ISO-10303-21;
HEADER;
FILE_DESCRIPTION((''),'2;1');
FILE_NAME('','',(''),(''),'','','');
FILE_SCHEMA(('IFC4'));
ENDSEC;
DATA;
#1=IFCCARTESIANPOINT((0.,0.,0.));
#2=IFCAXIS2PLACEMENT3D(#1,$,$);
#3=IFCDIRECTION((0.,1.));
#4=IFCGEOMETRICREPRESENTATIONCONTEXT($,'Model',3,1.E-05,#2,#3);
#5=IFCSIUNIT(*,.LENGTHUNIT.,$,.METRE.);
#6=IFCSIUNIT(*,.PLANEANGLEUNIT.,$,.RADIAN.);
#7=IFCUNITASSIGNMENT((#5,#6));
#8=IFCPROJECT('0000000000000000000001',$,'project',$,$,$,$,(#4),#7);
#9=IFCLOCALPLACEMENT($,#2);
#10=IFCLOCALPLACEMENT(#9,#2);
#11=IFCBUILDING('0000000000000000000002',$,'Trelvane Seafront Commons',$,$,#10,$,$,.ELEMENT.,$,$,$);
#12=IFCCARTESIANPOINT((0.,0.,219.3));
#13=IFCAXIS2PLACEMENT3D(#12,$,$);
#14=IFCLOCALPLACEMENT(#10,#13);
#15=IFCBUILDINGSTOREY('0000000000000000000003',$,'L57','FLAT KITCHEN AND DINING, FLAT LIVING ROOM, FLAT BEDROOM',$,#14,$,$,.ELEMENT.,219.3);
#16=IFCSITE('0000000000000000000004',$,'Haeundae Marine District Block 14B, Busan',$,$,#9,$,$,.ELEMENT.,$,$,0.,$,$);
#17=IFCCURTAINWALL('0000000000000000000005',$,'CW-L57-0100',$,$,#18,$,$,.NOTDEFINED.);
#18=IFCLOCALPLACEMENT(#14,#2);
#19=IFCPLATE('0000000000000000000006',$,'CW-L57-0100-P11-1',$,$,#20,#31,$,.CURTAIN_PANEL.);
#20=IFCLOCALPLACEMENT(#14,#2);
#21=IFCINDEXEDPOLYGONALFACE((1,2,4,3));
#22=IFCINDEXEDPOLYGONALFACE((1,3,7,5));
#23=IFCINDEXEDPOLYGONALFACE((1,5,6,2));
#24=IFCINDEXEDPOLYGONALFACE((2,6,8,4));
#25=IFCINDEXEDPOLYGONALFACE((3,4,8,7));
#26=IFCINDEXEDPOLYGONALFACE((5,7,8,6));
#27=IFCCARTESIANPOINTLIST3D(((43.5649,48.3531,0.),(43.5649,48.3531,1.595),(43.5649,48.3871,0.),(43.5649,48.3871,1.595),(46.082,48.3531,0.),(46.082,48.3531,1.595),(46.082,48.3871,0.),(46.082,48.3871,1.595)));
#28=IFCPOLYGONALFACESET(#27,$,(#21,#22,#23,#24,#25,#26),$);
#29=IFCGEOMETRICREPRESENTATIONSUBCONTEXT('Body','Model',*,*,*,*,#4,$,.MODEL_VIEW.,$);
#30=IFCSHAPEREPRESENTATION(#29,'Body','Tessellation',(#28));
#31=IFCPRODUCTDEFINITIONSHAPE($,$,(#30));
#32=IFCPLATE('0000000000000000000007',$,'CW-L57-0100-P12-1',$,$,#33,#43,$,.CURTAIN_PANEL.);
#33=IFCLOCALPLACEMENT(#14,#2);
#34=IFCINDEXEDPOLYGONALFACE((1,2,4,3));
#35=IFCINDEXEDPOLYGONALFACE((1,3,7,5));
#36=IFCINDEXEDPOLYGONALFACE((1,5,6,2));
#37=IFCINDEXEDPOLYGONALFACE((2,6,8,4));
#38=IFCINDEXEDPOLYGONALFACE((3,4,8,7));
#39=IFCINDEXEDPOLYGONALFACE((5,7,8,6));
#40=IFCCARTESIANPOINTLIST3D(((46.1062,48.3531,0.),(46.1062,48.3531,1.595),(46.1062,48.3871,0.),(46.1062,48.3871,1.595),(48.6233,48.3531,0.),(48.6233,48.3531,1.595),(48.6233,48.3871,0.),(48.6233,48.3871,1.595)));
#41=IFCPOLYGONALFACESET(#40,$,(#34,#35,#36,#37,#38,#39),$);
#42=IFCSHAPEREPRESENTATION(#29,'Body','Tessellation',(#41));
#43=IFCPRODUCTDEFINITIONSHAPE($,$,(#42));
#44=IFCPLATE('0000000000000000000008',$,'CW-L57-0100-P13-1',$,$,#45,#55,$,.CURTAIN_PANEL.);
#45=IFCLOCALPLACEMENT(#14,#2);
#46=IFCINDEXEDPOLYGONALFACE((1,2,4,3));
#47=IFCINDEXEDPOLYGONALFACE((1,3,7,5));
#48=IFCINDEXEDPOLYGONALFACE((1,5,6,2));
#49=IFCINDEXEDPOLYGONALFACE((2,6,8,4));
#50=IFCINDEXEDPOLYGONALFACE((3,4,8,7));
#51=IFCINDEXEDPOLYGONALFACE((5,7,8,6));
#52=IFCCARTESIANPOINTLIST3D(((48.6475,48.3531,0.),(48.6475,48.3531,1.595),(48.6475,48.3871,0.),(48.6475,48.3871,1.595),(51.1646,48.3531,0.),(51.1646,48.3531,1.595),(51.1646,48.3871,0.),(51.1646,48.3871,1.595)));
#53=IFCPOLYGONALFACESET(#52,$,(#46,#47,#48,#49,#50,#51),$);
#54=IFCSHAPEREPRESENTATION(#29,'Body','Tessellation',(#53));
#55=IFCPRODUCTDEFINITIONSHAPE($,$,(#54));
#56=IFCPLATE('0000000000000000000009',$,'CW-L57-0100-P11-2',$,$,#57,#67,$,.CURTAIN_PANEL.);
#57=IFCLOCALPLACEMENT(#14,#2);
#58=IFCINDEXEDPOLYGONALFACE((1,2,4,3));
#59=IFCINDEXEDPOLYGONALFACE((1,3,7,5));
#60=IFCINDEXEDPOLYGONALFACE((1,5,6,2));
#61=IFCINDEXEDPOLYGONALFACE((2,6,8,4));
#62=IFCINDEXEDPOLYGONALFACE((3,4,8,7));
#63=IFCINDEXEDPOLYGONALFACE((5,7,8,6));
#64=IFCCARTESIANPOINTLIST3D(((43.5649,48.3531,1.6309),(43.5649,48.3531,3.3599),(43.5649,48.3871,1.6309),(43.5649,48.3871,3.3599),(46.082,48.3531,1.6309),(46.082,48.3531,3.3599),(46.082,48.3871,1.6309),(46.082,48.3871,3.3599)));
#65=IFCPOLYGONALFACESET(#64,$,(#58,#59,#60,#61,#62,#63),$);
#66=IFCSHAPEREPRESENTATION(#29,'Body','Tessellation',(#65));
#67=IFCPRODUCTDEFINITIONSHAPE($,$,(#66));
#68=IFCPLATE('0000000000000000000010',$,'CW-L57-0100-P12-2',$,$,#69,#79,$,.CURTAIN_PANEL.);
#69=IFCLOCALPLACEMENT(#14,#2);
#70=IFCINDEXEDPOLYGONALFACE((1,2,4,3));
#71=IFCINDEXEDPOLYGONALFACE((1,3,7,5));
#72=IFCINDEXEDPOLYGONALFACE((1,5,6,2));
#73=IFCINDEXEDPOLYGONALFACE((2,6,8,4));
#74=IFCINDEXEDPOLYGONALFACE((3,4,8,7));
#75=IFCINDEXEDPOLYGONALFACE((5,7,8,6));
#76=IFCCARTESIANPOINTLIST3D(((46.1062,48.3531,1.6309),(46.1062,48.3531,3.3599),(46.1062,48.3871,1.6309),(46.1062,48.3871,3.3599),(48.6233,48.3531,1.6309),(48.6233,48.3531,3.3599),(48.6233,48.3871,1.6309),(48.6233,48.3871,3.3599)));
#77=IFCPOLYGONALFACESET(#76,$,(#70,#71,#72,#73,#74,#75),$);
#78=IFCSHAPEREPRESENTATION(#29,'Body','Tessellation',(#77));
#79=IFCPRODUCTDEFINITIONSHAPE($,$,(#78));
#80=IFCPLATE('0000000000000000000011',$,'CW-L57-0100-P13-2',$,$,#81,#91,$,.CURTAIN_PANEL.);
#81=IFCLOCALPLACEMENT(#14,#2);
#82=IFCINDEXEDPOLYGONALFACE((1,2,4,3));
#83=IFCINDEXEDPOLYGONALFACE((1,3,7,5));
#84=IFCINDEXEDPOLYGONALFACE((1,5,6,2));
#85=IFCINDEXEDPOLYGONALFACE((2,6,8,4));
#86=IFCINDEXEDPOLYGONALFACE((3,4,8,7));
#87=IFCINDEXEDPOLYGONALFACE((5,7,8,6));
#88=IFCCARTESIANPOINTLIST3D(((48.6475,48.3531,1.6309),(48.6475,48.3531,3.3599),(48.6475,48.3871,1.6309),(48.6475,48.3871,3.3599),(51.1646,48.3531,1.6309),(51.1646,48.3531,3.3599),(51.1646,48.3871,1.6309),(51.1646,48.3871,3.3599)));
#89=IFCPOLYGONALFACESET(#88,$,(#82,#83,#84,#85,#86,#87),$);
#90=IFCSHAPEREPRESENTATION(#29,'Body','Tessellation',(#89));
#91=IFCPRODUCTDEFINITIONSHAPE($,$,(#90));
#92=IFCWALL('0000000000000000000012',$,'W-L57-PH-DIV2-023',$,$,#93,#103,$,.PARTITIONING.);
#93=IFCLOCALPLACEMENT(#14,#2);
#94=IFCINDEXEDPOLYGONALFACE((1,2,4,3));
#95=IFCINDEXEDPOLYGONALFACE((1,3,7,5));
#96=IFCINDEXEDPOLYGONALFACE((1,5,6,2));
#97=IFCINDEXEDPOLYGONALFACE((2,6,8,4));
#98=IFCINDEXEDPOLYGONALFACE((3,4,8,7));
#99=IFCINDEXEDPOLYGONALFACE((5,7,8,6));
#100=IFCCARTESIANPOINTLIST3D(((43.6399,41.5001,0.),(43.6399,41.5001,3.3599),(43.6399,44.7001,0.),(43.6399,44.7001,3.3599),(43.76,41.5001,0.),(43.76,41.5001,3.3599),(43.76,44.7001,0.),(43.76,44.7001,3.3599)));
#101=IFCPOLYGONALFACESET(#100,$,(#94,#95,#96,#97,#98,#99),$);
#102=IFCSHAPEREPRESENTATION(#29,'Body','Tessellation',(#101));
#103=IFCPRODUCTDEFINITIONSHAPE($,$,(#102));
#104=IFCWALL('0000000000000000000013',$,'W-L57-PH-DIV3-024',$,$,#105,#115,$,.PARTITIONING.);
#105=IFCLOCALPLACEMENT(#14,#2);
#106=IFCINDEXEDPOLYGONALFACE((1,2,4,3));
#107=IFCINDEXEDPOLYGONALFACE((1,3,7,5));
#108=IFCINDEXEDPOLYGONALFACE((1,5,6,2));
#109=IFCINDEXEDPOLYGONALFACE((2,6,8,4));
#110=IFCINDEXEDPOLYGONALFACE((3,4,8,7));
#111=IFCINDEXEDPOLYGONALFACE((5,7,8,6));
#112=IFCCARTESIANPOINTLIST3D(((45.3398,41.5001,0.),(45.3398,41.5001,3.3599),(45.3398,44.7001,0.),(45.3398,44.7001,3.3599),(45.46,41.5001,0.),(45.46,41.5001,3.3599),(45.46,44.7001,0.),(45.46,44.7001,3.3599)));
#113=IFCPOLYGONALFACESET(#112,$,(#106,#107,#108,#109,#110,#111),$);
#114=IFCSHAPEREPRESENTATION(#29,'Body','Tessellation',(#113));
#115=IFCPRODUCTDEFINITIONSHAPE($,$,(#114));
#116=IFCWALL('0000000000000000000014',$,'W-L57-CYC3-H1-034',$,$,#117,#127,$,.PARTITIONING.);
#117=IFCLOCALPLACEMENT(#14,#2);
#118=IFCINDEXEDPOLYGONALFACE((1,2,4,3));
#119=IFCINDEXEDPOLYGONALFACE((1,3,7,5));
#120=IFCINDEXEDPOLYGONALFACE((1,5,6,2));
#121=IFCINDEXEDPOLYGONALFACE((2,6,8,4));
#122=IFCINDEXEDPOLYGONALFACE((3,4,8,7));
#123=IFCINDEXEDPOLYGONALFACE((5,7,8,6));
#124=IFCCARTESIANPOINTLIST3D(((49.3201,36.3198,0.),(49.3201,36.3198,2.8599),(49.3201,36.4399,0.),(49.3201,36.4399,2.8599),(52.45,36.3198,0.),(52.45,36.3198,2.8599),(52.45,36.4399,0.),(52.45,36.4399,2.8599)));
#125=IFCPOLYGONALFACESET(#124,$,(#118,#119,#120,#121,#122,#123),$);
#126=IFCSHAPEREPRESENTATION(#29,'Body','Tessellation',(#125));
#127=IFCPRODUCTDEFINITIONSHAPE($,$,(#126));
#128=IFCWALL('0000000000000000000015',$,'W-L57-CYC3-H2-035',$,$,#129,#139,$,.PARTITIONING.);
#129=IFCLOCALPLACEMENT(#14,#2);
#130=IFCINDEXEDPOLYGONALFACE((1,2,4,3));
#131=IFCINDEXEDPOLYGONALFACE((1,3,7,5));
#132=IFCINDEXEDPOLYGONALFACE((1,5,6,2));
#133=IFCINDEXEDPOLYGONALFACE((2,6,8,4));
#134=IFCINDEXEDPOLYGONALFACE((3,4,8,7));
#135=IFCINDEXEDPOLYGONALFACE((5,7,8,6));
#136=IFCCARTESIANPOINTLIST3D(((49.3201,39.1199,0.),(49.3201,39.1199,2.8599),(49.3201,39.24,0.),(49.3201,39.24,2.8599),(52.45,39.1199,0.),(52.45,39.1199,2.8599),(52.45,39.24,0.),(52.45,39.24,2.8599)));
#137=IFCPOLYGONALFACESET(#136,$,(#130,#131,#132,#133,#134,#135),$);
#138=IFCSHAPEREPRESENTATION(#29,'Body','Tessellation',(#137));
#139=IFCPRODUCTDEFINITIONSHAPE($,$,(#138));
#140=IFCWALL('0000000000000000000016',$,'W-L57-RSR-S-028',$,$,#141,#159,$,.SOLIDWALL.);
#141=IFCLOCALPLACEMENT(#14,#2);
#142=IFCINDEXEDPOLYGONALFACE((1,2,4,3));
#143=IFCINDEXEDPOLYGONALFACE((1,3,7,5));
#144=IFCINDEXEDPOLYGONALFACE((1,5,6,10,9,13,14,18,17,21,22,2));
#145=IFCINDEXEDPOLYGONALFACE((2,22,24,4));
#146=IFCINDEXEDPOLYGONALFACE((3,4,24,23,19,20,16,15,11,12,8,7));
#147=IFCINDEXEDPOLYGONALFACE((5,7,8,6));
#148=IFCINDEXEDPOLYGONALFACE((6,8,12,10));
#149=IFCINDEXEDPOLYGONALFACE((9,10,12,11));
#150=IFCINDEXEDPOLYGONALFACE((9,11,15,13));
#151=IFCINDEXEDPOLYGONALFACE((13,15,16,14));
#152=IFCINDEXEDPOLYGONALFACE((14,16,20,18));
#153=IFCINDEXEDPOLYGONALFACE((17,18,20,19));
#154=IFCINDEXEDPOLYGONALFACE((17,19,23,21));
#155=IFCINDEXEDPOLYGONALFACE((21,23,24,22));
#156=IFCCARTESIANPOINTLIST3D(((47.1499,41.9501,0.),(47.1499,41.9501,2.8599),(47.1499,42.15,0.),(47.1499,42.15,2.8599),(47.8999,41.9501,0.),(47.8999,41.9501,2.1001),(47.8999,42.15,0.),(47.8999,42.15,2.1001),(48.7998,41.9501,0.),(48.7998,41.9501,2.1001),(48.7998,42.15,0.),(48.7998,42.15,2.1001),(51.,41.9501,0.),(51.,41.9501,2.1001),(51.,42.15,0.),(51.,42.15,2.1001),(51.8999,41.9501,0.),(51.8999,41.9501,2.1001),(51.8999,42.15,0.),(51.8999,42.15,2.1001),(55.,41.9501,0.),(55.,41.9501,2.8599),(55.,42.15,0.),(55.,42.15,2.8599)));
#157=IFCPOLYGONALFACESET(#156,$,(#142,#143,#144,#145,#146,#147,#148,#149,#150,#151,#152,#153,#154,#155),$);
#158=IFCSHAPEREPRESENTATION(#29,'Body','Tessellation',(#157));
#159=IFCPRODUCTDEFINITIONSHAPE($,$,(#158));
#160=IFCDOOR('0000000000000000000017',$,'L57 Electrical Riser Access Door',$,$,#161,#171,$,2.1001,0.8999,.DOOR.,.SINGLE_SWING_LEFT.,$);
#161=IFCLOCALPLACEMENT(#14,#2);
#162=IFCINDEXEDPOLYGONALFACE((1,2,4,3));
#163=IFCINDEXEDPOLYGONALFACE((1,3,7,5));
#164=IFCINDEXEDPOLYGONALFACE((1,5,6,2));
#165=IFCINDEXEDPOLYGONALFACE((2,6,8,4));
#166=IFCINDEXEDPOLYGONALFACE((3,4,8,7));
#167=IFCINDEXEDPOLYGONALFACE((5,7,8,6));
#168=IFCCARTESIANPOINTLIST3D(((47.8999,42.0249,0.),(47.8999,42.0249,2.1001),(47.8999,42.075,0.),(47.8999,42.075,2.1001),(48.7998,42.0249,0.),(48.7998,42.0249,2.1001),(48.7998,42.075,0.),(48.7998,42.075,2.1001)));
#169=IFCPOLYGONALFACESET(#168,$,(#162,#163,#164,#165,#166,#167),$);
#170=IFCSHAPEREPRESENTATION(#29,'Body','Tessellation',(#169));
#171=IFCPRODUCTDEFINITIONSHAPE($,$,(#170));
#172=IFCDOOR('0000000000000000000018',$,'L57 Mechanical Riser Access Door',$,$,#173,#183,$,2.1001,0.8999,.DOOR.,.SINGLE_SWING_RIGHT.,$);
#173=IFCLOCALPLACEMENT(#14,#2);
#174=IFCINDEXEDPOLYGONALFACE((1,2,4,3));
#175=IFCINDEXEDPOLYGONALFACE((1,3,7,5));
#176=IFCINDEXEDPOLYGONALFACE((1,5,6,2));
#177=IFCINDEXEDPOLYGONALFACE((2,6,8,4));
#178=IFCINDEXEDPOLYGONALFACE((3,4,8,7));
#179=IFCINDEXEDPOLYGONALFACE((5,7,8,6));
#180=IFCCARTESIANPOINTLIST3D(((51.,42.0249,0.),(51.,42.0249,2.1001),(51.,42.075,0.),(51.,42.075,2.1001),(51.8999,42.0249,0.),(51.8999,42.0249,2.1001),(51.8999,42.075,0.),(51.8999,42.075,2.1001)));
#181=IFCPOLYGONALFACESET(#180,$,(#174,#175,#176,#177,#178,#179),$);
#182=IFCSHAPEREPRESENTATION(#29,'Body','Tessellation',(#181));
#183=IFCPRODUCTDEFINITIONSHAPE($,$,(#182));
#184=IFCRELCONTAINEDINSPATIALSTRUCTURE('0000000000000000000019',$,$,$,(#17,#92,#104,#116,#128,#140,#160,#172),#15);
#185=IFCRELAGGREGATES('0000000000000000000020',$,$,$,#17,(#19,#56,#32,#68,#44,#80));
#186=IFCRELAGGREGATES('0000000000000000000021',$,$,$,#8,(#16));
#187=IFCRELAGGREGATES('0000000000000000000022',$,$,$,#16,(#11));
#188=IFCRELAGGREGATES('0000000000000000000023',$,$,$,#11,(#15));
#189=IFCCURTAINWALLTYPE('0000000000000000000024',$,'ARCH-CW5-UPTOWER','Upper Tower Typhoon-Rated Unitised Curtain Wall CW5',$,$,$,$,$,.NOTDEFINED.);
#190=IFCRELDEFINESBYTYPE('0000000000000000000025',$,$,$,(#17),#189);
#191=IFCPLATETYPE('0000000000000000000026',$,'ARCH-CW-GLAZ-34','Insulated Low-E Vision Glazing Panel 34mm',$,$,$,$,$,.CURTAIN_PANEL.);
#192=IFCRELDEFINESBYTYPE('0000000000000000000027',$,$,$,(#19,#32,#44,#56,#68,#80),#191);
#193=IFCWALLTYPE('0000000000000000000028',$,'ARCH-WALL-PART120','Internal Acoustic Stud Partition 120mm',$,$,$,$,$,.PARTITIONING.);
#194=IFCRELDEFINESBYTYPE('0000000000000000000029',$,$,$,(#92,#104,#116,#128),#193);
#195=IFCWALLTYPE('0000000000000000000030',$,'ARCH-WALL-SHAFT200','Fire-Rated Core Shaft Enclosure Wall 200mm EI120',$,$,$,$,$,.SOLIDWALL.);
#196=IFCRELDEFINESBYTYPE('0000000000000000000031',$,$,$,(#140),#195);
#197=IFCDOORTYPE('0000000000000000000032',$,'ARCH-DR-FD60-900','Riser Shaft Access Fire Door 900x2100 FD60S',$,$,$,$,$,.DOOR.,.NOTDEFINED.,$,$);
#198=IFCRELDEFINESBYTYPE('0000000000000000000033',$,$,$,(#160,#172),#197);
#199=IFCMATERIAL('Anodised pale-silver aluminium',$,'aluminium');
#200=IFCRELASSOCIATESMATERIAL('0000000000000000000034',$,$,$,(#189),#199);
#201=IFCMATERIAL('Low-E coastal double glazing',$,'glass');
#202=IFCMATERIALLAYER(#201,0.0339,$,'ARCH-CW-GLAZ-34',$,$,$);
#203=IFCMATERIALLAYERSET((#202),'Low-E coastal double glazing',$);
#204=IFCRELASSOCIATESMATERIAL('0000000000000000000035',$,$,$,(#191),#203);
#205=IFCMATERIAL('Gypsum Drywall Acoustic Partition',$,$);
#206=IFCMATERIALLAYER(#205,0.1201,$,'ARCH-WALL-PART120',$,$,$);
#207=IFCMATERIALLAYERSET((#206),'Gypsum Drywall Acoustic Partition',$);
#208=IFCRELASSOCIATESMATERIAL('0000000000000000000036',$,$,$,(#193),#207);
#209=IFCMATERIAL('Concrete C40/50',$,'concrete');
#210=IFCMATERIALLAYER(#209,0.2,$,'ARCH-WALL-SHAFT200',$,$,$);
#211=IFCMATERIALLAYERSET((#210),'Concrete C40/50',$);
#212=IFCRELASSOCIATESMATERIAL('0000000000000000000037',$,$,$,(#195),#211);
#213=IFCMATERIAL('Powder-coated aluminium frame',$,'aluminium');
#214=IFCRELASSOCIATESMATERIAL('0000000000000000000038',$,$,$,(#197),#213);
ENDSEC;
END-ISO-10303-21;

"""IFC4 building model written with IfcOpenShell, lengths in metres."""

from ifc_helpers import new_model, si_unit, direction, frame, frame_2d, origin, origin_2d, place, context, subcontext, project, spatial, rectangle, extrude, source, transform, mapped, material, layer, layer_set, type_object, element, fill, aggregate, save


model = new_model("IFC4")

# Units and contexts
model_context = context("Model", 3, precision=1e-05, world=origin(), true_north=direction((0.0, 1.0)))
body_context = subcontext(model_context, "Body", "Model", "MODEL_VIEW")
ifc_project = project(units=[si_unit("LENGTHUNIT", "METRE"), si_unit("PLANEANGLEUNIT", "RADIAN")], contexts=[model_context])

# Site, building, storey
site_placement = place(None, origin())
site = spatial("IfcSite", under=ifc_project, at=site_placement, Name="Haeundae Marine District Block 14B, Busan", CompositionType="ELEMENT", RefElevation=0.0)
building_placement = place(site_placement, origin())
building = spatial("IfcBuilding", under=site, at=building_placement, Name="Trelvane Seafront Commons", CompositionType="ELEMENT")
storey_placement = place(building_placement, frame((0.0, 0.0, 219.3)))
storey = spatial("IfcBuildingStorey", under=building, at=storey_placement, Name="L57", Description="FLAT KITCHEN AND DINING, FLAT LIVING ROOM, FLAT BEDROOM", CompositionType="ELEMENT", Elevation=219.3)

# Curtain wall
ifc_material_1 = material(Name="Anodised pale-silver aluminium", Category="aluminium")
curtain_wall_type = type_object("IfcCurtainWallType", Name="ARCH-CW5-UPTOWER", Description="Upper Tower Typhoon-Rated Unitised Curtain Wall CW5", PredefinedType="NOTDEFINED", material=ifc_material_1)
curtain_wall_placement = place(storey_placement, origin())
curtain_wall = element("IfcCurtainWall", 1, at=curtain_wall_placement, inside=storey, type_object=curtain_wall_type, Name="CW-L57-0100", PredefinedType="NOTDEFINED")

# Plates
ifc_material_2 = material(Name="Low-E coastal double glazing", Category="glass")
ifc_layer_1 = layer(ifc_material_2, 0.0339, Name="ARCH-CW-GLAZ-34")
ifc_layer_set_1 = layer_set([ifc_layer_1], Name="Low-E coastal double glazing")
plate_type_1 = type_object("IfcPlateType", Name="ARCH-CW-GLAZ-34", Description="Insulated Low-E Vision Glazing Panel 34mm", PredefinedType="CURTAIN_PANEL", material=ifc_layer_set_1)
shared_shape_1 = source(origin(), body_context, "Body", "SweptSolid", [
    extrude(rectangle(XDim=2.5171, YDim=0.0339, at=origin_2d()), origin(), (0.0, 0.0, 1.0), 1.595),
])
plate_1_placement = place(storey_placement, frame((44.8235, 48.3701, 0.0), z_axis=(0.0, 0.0, 1.0), x_axis=(1.0, 0.0, 0.0)))
plate_1 = element("IfcPlate", 2, at=plate_1_placement, type_object=plate_type_1, Name="CW-L57-0100-P11-1", PredefinedType="CURTAIN_PANEL", context=body_context, shape_type="MappedRepresentation", body=[
    mapped(shared_shape_1, transform((0.0, 0.0, 0.0), x_axis=(1.0, 0.0, 0.0), y_axis=(0.0, 1.0, 0.0), z_axis=(0.0, 0.0, 1.0), scale=1.0)),
])
plate_2_placement = place(storey_placement, frame((47.3647, 48.3701, 0.0), z_axis=(0.0, 0.0, 1.0), x_axis=(1.0, 0.0, 0.0)))
plate_2 = element("IfcPlate", 3, at=plate_2_placement, type_object=plate_type_1, Name="CW-L57-0100-P12-1", PredefinedType="CURTAIN_PANEL", context=body_context, shape_type="MappedRepresentation", body=[
    mapped(shared_shape_1, transform((0.0, 0.0, 0.0), x_axis=(1.0, 0.0, 0.0), y_axis=(0.0, 1.0, 0.0), z_axis=(0.0, 0.0, 1.0), scale=1.0)),
])
plate_3_placement = place(storey_placement, frame((49.906, 48.3701, 0.0), z_axis=(0.0, 0.0, 1.0), x_axis=(1.0, 0.0, 0.0)))
plate_3 = element("IfcPlate", 4, at=plate_3_placement, type_object=plate_type_1, Name="CW-L57-0100-P13-1", PredefinedType="CURTAIN_PANEL", context=body_context, shape_type="MappedRepresentation", body=[
    mapped(shared_shape_1, transform((0.0, 0.0, 0.0), x_axis=(1.0, 0.0, 0.0), y_axis=(0.0, 1.0, 0.0), z_axis=(0.0, 0.0, 1.0), scale=1.0)),
])
shared_shape_2 = source(origin(), body_context, "Body", "SweptSolid", [
    extrude(rectangle(XDim=2.5171, YDim=0.0339, at=origin_2d()), origin(), (0.0, 0.0, 1.0), 1.729),
])
plate_4_placement = place(storey_placement, frame((44.8235, 48.3701, 1.6309), z_axis=(0.0, 0.0, 1.0), x_axis=(1.0, 0.0, 0.0)))
plate_4 = element("IfcPlate", 5, at=plate_4_placement, type_object=plate_type_1, Name="CW-L57-0100-P11-2", PredefinedType="CURTAIN_PANEL", context=body_context, shape_type="MappedRepresentation", body=[
    mapped(shared_shape_2, transform((0.0, 0.0, 0.0), x_axis=(1.0, 0.0, 0.0), y_axis=(0.0, 1.0, 0.0), z_axis=(0.0, 0.0, 1.0), scale=1.0)),
])
plate_5_placement = place(storey_placement, frame((47.3647, 48.3701, 1.6309), z_axis=(0.0, 0.0, 1.0), x_axis=(1.0, 0.0, 0.0)))
plate_5 = element("IfcPlate", 6, at=plate_5_placement, type_object=plate_type_1, Name="CW-L57-0100-P12-2", PredefinedType="CURTAIN_PANEL", context=body_context, shape_type="MappedRepresentation", body=[
    mapped(shared_shape_2, transform((0.0, 0.0, 0.0), x_axis=(1.0, 0.0, 0.0), y_axis=(0.0, 1.0, 0.0), z_axis=(0.0, 0.0, 1.0), scale=1.0)),
])
plate_6_placement = place(storey_placement, frame((49.906, 48.3701, 1.6309), z_axis=(0.0, 0.0, 1.0), x_axis=(1.0, 0.0, 0.0)))
plate_6 = element("IfcPlate", 7, at=plate_6_placement, type_object=plate_type_1, Name="CW-L57-0100-P13-2", PredefinedType="CURTAIN_PANEL", context=body_context, shape_type="MappedRepresentation", body=[
    mapped(shared_shape_2, transform((0.0, 0.0, 0.0), x_axis=(1.0, 0.0, 0.0), y_axis=(0.0, 1.0, 0.0), z_axis=(0.0, 0.0, 1.0), scale=1.0)),
])
aggregate(curtain_wall, [plate_1, plate_4, plate_2, plate_5, plate_3, plate_6])

# Walls
ifc_material_3 = material(Name="Gypsum Drywall Acoustic Partition")
ifc_layer_2 = layer(ifc_material_3, 0.1201, Name="ARCH-WALL-PART120")
ifc_layer_set_2 = layer_set([ifc_layer_2], Name="Gypsum Drywall Acoustic Partition")
wall_type_1 = type_object("IfcWallType", Name="ARCH-WALL-PART120", Description="Internal Acoustic Stud Partition 120mm", PredefinedType="PARTITIONING", material=ifc_layer_set_2)
for number, where, z_axis, x_axis, name in (
    (8, (43.7, 41.5, 0.0), (0.0, 0.0, 1.0), (0.0, 1.0, 0.0), "W-L57-PH-DIV2-023"),
    (9, (45.3999, 41.5, 0.0), (0.0, 0.0, 1.0), (0.0, 1.0, 0.0), "W-L57-PH-DIV3-024"),
):
    element("IfcWall", number, at=place(storey_placement, frame(where, z_axis=z_axis, x_axis=x_axis)), inside=storey, type_object=wall_type_1, Name=name, PredefinedType="PARTITIONING", context=body_context, shape_type="SweptSolid", body=[
        extrude(rectangle(XDim=3.2, YDim=0.1201, at=frame_2d((1.6001, 0.0))), origin(), (0.0, 0.0, 1.0), 3.3599),
    ])
for number, where, z_axis, x_axis, name in (
    (10, (49.3201, 36.3799, 0.0), (0.0, 0.0, 1.0), (1.0, 0.0, 0.0), "W-L57-CYC3-H1-034"),
    (11, (49.3201, 39.1799, 0.0), (0.0, 0.0, 1.0), (1.0, 0.0, 0.0), "W-L57-CYC3-H2-035"),
):
    element("IfcWall", number, at=place(storey_placement, frame(where, z_axis=z_axis, x_axis=x_axis)), inside=storey, type_object=wall_type_1, Name=name, PredefinedType="PARTITIONING", context=body_context, shape_type="SweptSolid", body=[
        extrude(rectangle(XDim=3.1299, YDim=0.1201, at=frame_2d((1.5649, 0.0))), origin(), (0.0, 0.0, 1.0), 2.8599),
    ])

# Wall, openings, doors
ifc_material_4 = material(Name="Concrete C40/50", Category="concrete")
ifc_layer_3 = layer(ifc_material_4, 0.2, Name="ARCH-WALL-SHAFT200")
ifc_layer_set_3 = layer_set([ifc_layer_3], Name="Concrete C40/50")
wall_type_2 = type_object("IfcWallType", Name="ARCH-WALL-SHAFT200", Description="Fire-Rated Core Shaft Enclosure Wall 200mm EI120", PredefinedType="SOLIDWALL", material=ifc_layer_set_3)
wall_1_placement = place(storey_placement, frame((47.1499, 42.05, 0.0), z_axis=(0.0, 0.0, 1.0), x_axis=(1.0, 0.0, 0.0)))
wall_1 = element("IfcWall", 12, at=wall_1_placement, inside=storey, type_object=wall_type_2, Name="W-L57-RSR-S-028", PredefinedType="SOLIDWALL", context=body_context, shape_type="SweptSolid", body=[
    extrude(rectangle(XDim=7.8501, YDim=0.2, at=frame_2d((3.925, 0.0))), origin(), (0.0, 0.0, 1.0), 2.8599),
])
opening_1_placement = place(wall_1_placement, frame((0.75, 0.0, 0.0)))
opening_1 = element("IfcOpeningElement", 13, at=opening_1_placement, cuts=wall_1, PredefinedType="OPENING", context=body_context, shape_type="SweptSolid", body=[
    extrude(rectangle(XDim=0.8999, YDim=2.1001, at=frame_2d((0.45, 1.05))), frame((0.0, 0.1099, 0.0), z_axis=(0.0, -1.0, 0.0), x_axis=(1.0, 0.0, 0.0)), (0.0, 0.0, 1.0), 0.22),
])
opening_2_placement = place(wall_1_placement, frame((3.8501, 0.0, 0.0)))
opening_2 = element("IfcOpeningElement", 14, at=opening_2_placement, cuts=wall_1, PredefinedType="OPENING", context=body_context, shape_type="SweptSolid", body=[
    extrude(rectangle(XDim=0.8999, YDim=2.1001, at=frame_2d((0.45, 1.05))), frame((0.0, 0.1099, 0.0), z_axis=(0.0, -1.0, 0.0), x_axis=(1.0, 0.0, 0.0)), (0.0, 0.0, 1.0), 0.22),
])
ifc_material_5 = material(Name="Powder-coated aluminium frame", Category="aluminium")
door_type = type_object("IfcDoorType", Name="ARCH-DR-FD60-900", Description="Riser Shaft Access Fire Door 900x2100 FD60S", OperationType="NOTDEFINED", PredefinedType="DOOR", material=ifc_material_5)
shared_shape_3 = source(origin(), body_context, "Body", "SweptSolid", [
    extrude(rectangle(XDim=0.8999, YDim=2.1001, at=frame_2d((0.45, 1.05))), frame((0.0, 0.0249, 0.0), z_axis=(0.0, -1.0, 0.0), x_axis=(1.0, 0.0, 0.0)), (0.0, 0.0, 1.0), 0.05),
])
door_1_placement = place(opening_1_placement, origin())
door_1 = element("IfcDoor", 15, at=door_1_placement, inside=storey, type_object=door_type, Name="L57 Electrical Riser Access Door", OperationType="SINGLE_SWING_LEFT", OverallHeight=2.1001, OverallWidth=0.8999, PredefinedType="DOOR", context=body_context, shape_type="MappedRepresentation", body=[
    mapped(shared_shape_3, transform((0.0, 0.0, 0.0), x_axis=(1.0, 0.0, 0.0), y_axis=(0.0, 1.0, 0.0), z_axis=(0.0, 0.0, 1.0), scale=1.0)),
])
fill(opening_1, door_1)
door_2_placement = place(opening_2_placement, origin())
door_2 = element("IfcDoor", 16, at=door_2_placement, inside=storey, type_object=door_type, Name="L57 Mechanical Riser Access Door", OperationType="SINGLE_SWING_RIGHT", OverallHeight=2.1001, OverallWidth=0.8999, PredefinedType="DOOR", context=body_context, shape_type="MappedRepresentation", body=[
    mapped(shared_shape_3, transform((0.0, 0.0, 0.0), x_axis=(1.0, 0.0, 0.0), y_axis=(0.0, 1.0, 0.0), z_axis=(0.0, 0.0, 1.0), scale=1.0)),
])
fill(opening_2, door_2)

save(model, "model.ifc")
